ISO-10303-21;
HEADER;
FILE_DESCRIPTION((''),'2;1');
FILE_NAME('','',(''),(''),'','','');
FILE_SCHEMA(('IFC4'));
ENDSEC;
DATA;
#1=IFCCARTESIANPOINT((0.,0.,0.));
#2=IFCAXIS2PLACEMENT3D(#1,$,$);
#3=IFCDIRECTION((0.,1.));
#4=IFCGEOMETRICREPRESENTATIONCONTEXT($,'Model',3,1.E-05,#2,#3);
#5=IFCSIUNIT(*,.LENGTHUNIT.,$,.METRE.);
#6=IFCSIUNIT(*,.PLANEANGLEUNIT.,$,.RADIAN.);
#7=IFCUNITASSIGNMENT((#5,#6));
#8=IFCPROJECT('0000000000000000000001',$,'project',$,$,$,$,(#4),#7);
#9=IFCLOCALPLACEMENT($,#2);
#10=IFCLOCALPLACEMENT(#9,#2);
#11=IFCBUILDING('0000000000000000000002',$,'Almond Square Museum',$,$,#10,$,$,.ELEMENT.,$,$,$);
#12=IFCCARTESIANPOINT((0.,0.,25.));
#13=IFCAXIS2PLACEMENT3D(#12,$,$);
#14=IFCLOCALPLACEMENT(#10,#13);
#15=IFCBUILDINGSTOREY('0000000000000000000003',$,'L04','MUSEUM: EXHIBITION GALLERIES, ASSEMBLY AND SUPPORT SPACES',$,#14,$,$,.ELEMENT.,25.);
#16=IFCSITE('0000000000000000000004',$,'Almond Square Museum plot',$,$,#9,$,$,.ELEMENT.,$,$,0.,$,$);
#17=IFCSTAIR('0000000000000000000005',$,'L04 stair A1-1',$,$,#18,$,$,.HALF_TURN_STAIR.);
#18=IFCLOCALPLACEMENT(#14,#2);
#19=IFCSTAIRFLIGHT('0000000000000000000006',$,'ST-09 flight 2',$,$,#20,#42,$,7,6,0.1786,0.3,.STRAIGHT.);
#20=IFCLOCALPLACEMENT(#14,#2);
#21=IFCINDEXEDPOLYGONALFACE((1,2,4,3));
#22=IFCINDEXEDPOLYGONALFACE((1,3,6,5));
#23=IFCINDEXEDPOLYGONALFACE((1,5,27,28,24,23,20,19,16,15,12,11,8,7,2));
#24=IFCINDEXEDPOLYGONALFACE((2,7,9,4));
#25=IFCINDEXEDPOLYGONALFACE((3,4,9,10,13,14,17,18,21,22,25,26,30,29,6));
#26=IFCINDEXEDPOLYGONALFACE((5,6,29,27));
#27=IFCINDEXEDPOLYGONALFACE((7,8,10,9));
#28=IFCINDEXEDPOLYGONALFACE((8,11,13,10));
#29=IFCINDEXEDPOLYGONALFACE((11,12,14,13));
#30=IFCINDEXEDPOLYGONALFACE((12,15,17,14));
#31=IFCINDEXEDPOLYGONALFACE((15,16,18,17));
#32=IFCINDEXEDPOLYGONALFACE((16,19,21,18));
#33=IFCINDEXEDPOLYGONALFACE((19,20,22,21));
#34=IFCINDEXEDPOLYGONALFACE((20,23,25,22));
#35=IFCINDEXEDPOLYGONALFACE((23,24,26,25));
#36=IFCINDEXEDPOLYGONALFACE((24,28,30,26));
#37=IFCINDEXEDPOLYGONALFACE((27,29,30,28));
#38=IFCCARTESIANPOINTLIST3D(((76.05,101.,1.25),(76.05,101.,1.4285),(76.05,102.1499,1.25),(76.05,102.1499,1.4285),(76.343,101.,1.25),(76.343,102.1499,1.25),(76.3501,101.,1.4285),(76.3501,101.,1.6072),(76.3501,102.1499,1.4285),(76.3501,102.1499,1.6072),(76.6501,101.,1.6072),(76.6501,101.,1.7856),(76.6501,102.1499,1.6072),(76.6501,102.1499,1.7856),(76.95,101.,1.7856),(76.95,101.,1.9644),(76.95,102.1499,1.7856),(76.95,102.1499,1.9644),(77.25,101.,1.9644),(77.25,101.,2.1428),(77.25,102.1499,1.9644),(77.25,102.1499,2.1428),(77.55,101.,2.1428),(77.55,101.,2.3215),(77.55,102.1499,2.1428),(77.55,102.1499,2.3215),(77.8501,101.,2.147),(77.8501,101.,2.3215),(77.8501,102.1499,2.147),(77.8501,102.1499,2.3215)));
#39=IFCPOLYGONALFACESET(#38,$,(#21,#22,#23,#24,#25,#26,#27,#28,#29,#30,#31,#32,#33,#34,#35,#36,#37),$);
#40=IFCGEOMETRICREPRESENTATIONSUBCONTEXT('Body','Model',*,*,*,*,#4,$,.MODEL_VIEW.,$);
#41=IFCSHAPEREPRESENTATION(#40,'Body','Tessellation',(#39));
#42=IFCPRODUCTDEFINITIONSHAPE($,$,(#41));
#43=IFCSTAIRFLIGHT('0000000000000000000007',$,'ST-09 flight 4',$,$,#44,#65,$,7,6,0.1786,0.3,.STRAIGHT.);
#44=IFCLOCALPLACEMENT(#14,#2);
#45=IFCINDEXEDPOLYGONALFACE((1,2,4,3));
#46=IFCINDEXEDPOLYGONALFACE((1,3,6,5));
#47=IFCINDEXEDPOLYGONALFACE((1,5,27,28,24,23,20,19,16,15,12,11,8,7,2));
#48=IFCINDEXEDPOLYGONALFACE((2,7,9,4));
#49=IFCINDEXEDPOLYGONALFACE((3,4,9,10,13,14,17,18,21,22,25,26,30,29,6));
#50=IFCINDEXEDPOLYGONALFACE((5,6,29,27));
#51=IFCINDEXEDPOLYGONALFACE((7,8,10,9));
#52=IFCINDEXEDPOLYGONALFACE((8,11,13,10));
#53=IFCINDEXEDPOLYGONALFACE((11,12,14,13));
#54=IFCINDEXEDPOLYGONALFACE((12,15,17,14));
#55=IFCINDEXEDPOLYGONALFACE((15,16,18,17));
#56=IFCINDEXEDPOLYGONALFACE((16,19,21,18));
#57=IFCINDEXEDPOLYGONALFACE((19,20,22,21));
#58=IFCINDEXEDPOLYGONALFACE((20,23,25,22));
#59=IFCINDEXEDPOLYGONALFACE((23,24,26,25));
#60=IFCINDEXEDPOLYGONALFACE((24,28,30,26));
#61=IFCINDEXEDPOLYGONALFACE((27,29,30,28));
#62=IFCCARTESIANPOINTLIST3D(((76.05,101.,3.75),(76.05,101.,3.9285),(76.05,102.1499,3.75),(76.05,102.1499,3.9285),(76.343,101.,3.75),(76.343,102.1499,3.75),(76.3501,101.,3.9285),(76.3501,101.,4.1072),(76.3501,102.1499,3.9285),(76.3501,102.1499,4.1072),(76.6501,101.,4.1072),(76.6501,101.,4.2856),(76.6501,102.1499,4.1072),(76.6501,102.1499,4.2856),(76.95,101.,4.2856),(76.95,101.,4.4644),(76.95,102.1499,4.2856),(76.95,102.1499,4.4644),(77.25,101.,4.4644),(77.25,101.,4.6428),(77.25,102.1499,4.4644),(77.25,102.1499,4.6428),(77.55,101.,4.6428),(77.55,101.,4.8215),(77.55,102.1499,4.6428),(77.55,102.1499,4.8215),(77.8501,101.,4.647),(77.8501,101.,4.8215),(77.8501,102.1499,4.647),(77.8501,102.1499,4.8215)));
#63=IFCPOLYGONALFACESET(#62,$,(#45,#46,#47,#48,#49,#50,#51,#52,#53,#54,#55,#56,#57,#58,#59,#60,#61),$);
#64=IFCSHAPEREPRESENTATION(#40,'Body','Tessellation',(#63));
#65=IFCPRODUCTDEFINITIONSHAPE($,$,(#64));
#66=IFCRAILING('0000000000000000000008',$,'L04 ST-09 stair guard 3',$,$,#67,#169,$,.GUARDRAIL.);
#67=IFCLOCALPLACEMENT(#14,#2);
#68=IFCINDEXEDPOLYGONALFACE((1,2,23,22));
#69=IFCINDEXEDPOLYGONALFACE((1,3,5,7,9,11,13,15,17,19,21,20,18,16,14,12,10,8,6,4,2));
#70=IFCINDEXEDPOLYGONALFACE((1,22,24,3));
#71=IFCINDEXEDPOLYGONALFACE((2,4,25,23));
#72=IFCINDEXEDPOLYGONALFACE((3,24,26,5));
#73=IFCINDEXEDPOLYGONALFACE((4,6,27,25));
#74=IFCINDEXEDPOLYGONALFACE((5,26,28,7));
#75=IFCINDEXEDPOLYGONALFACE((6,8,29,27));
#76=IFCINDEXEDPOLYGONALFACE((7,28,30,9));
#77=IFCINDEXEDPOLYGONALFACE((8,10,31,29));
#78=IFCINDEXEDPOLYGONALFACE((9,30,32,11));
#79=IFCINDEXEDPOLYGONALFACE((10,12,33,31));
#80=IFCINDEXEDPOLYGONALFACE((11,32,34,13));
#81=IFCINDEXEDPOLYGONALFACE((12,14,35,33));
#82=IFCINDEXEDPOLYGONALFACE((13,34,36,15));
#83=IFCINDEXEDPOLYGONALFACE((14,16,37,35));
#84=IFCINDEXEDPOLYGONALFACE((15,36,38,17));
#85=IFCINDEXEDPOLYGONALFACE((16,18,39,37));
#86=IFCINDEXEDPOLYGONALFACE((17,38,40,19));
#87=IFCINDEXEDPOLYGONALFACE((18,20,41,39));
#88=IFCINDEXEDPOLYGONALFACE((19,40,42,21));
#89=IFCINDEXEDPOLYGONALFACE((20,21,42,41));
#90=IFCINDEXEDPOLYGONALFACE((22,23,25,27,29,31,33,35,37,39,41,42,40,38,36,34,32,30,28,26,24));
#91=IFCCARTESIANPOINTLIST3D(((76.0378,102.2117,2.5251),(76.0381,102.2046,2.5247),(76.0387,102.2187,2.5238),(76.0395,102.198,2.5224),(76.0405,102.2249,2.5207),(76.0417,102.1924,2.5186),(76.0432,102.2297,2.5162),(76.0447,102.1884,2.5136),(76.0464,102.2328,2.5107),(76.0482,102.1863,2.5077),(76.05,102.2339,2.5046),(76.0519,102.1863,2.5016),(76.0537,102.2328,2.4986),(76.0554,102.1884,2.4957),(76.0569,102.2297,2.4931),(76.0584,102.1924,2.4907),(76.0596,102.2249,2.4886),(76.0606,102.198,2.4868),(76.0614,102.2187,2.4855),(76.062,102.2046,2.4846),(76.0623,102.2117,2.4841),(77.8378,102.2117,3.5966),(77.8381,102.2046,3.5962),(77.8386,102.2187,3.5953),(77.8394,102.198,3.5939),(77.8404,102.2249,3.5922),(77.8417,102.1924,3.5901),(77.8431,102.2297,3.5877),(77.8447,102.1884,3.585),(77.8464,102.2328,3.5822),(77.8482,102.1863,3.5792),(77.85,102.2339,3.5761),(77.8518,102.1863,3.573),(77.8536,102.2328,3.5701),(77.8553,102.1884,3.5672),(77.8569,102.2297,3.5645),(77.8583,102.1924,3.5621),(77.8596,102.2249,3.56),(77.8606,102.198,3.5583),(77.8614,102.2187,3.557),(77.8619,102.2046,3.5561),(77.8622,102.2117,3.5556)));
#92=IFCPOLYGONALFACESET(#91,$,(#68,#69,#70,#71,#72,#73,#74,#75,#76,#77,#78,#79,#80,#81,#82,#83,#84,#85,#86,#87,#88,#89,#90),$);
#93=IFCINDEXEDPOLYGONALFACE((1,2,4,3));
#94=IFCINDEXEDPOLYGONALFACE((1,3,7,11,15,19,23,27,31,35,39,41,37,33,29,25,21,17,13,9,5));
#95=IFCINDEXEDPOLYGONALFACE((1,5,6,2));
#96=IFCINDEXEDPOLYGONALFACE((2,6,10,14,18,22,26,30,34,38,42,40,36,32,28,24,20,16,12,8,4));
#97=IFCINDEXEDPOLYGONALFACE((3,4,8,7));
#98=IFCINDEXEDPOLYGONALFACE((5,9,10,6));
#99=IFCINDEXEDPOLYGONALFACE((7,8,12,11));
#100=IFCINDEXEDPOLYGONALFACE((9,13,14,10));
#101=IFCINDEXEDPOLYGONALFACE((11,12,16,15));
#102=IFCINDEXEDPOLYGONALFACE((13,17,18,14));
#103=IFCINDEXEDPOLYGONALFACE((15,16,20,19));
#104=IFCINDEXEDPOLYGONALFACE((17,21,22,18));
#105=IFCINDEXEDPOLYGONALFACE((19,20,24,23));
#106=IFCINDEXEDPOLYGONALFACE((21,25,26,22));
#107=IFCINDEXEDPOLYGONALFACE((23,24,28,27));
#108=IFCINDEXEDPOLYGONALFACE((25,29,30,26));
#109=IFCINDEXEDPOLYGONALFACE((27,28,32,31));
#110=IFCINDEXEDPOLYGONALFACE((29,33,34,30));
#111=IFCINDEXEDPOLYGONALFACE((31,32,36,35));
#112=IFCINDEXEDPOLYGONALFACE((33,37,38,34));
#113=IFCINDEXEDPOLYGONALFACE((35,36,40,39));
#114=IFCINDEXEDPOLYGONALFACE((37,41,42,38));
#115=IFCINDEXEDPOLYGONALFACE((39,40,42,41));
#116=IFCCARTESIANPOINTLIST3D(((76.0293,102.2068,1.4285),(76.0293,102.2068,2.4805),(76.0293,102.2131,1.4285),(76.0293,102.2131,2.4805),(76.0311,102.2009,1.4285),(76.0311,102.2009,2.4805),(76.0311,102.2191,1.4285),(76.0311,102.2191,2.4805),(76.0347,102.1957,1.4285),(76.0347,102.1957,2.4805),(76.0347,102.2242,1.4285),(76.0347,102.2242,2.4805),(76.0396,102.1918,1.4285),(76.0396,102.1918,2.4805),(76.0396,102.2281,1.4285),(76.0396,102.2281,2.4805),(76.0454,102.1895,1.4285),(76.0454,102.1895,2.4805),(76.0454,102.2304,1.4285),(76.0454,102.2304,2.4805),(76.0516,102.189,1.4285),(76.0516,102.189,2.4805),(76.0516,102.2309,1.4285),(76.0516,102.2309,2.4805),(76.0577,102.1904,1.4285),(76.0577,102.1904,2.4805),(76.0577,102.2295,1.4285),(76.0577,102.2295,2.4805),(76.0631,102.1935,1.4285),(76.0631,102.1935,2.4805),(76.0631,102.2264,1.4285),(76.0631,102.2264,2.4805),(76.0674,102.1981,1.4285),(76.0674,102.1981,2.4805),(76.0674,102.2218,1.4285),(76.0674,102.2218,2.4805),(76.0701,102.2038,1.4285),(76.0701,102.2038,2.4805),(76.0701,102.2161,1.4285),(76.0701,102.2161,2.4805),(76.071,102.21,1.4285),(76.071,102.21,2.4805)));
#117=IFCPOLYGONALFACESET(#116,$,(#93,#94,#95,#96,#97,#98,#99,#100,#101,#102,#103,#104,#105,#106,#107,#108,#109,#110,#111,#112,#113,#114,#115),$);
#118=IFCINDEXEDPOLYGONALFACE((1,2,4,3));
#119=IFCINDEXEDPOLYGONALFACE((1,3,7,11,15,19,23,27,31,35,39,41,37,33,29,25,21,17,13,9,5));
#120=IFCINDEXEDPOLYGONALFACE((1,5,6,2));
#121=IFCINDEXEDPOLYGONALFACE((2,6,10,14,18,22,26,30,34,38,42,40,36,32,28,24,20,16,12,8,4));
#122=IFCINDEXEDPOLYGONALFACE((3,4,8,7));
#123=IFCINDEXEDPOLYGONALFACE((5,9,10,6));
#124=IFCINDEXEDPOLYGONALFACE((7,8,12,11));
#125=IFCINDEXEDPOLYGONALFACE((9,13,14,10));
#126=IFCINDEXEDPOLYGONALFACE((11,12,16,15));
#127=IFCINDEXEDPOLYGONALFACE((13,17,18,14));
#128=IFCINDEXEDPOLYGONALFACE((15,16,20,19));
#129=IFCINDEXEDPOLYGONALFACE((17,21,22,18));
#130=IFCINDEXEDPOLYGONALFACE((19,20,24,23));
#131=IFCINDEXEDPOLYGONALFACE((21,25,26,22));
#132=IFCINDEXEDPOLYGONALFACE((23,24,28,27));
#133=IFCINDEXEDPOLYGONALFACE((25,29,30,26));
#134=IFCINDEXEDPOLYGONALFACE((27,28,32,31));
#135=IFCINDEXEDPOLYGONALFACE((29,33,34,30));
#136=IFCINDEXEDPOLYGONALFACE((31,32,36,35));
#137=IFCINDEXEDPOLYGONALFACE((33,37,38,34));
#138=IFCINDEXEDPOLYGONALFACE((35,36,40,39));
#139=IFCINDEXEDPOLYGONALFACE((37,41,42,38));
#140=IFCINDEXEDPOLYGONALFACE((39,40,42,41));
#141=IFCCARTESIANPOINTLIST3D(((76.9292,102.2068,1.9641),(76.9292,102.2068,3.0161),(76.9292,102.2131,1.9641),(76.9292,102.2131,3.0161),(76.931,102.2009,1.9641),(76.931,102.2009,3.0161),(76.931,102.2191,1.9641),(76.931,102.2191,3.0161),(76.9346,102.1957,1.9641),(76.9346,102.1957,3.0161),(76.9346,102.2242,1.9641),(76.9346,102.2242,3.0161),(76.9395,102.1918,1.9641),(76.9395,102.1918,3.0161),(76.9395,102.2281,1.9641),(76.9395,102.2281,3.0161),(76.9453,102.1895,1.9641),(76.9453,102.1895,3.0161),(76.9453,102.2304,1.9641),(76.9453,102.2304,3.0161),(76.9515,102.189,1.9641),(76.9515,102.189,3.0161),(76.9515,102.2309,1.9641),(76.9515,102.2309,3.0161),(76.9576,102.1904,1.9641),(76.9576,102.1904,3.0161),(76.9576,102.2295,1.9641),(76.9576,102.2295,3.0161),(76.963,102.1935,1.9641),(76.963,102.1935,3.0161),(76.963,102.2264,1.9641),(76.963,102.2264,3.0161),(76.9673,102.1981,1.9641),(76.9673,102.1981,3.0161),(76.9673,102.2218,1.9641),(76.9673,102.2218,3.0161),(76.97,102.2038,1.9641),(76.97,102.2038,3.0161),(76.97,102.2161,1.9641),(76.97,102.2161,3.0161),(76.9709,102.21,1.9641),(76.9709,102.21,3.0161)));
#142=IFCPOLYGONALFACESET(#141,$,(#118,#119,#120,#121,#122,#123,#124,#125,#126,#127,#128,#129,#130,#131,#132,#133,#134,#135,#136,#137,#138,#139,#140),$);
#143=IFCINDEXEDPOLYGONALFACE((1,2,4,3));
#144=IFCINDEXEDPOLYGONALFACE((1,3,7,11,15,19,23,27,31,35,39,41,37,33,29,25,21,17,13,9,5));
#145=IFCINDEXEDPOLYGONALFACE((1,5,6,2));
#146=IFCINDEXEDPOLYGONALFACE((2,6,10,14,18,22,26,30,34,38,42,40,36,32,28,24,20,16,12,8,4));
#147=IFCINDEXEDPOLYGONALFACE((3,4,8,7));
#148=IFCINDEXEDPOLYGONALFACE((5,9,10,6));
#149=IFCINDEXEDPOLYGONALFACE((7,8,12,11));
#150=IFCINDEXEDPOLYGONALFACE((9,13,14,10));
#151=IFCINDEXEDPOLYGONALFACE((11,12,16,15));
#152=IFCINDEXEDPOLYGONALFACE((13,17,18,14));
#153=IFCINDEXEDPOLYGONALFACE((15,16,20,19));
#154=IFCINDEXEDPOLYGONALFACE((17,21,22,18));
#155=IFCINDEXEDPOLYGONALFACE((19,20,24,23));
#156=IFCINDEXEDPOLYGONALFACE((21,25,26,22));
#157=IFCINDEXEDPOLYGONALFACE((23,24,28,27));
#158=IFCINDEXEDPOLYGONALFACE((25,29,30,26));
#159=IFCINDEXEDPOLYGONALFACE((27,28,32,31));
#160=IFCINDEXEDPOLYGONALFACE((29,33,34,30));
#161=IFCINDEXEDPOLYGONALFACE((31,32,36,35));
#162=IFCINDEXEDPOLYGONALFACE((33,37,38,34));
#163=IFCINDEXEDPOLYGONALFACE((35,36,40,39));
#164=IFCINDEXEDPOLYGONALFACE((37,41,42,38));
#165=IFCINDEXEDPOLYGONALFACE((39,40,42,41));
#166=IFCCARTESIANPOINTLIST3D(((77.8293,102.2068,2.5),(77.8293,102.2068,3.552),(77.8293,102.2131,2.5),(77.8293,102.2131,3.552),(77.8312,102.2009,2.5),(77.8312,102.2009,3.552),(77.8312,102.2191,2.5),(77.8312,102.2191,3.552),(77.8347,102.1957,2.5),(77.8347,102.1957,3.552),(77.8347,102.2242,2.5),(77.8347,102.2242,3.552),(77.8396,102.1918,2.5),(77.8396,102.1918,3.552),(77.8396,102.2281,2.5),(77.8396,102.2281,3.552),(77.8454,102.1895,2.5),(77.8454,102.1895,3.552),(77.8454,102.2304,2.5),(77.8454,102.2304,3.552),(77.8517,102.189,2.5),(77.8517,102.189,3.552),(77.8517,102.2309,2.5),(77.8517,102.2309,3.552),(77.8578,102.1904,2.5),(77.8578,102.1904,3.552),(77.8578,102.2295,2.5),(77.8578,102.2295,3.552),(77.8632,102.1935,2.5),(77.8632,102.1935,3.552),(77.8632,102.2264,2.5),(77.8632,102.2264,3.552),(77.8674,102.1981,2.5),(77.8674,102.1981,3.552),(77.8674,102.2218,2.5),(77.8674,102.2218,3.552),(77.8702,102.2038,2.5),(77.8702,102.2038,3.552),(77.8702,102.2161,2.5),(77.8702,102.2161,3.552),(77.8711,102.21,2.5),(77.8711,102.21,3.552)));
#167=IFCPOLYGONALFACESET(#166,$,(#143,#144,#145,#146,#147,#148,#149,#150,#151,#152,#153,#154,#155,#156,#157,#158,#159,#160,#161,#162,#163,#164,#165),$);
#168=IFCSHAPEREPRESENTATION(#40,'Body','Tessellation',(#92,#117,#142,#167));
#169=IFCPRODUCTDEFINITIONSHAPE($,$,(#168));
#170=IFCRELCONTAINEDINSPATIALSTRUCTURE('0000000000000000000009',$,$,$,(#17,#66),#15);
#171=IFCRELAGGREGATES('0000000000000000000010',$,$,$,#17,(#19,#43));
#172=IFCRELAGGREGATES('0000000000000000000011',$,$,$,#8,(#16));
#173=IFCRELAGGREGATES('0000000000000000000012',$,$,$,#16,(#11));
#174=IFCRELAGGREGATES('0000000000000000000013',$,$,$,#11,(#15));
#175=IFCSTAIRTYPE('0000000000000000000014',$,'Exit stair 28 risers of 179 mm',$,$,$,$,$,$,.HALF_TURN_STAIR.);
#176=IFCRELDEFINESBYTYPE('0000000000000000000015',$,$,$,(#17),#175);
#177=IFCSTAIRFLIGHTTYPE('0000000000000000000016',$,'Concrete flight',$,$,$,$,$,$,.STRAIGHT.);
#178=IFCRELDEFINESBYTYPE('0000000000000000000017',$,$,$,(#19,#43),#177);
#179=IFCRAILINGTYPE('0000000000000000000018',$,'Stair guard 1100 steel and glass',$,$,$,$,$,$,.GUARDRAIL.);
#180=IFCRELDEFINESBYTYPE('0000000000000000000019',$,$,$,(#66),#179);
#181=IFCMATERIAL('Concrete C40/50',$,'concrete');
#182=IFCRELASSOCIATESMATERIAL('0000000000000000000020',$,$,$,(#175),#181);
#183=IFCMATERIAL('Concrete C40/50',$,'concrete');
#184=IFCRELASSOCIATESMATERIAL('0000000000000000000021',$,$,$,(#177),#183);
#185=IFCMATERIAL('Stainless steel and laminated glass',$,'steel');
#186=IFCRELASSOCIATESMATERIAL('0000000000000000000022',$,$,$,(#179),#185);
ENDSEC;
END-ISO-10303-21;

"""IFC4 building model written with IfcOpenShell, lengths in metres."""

from ifc_helpers import new_model, si_unit, direction, frame, origin, origin_2d, place, context, subcontext, project, spatial, polyline, circle, outline, extrude, material, type_object, element, aggregate, save


model = new_model("IFC4")

# Units and contexts
model_context = context("Model", 3, precision=1e-05, world=origin(), true_north=direction((0.0, 1.0)))
body_context = subcontext(model_context, "Body", "Model", "MODEL_VIEW")
ifc_project = project(units=[si_unit("LENGTHUNIT", "METRE"), si_unit("PLANEANGLEUNIT", "RADIAN")], contexts=[model_context])

# Site, building, storey
site_placement = place(None, origin())
site = spatial("IfcSite", under=ifc_project, at=site_placement, Name="Almond Square Museum plot", CompositionType="ELEMENT", RefElevation=0.0)
building_placement = place(site_placement, origin())
building = spatial("IfcBuilding", under=site, at=building_placement, Name="Almond Square Museum", CompositionType="ELEMENT")
storey_placement = place(building_placement, frame((0.0, 0.0, 25.0)))
storey = spatial("IfcBuildingStorey", under=building, at=storey_placement, Name="L04", Description="MUSEUM: EXHIBITION GALLERIES, ASSEMBLY AND SUPPORT SPACES", CompositionType="ELEMENT", Elevation=25.0)

# Stair, stair flights
ifc_material_1 = material(Name="Concrete C40/50", Category="concrete")
stair_type = type_object("IfcStairType", Name="Exit stair 28 risers of 179 mm", PredefinedType="HALF_TURN_STAIR", material=ifc_material_1)
stair_placement = place(storey_placement, origin())
stair = element("IfcStair", 1, at=stair_placement, inside=storey, type_object=stair_type, Name="L04 stair A1-1", PredefinedType="HALF_TURN_STAIR")
ifc_material_2 = material(Name="Concrete C40/50", Category="concrete")
stair_flight_type = type_object("IfcStairFlightType", Name="Concrete flight", PredefinedType="STRAIGHT", material=ifc_material_2)
stair_flight_1_placement = place(storey_placement, frame((76.05, 101.575, 1.25), z_axis=(0.0, 0.0, 1.0), x_axis=(1.0, 0.0, 0.0)))
stair_flight_1 = element("IfcStairFlight", 2, at=stair_flight_1_placement, type_object=stair_flight_type, Name="ST-09 flight 2", NumberOfRisers=7, NumberOfTreads=6, PredefinedType="STRAIGHT", RiserHeight=0.1786, TreadLength=0.3, context=body_context, shape_type="SweptSolid", body=[
    extrude(outline(polyline([(0.0, 0.0), (0.0, 0.1785), (0.3, 0.1785), (0.3, 0.3572), (0.6001, 0.3572), (0.6001, 0.5356), (0.8999, 0.5356), (0.8999, 0.7144), (1.2, 0.7144), (1.2, 0.8928), (1.5, 0.8928), (1.5, 1.0715), (1.8, 1.0715), (1.8, 1.25), (1.8, 0.897), (0.293, 0.0), (0.0, 0.0)])), frame((0.0, 0.575, 0.0), z_axis=(0.0, -1.0, 0.0), x_axis=(1.0, 0.0, 0.0)), (0.0, 0.0, 1.0), 1.1499),
])
stair_flight_2_placement = place(storey_placement, frame((76.05, 101.575, 3.75), z_axis=(0.0, 0.0, 1.0), x_axis=(1.0, 0.0, 0.0)))
stair_flight_2 = element("IfcStairFlight", 3, at=stair_flight_2_placement, type_object=stair_flight_type, Name="ST-09 flight 4", NumberOfRisers=7, NumberOfTreads=6, PredefinedType="STRAIGHT", RiserHeight=0.1786, TreadLength=0.3, context=body_context, shape_type="SweptSolid", body=[
    extrude(outline(polyline([(0.0, 0.0), (0.0, 0.1785), (0.3, 0.1785), (0.3, 0.3572), (0.6001, 0.3572), (0.6001, 0.5356), (0.8999, 0.5356), (0.8999, 0.7144), (1.2, 0.7144), (1.2, 0.8928), (1.5, 0.8928), (1.5, 1.0715), (1.8, 1.0715), (1.8, 1.25), (1.8, 0.897), (0.293, 0.0), (0.0, 0.0)])), frame((0.0, 0.575, 0.0), z_axis=(0.0, -1.0, 0.0), x_axis=(1.0, 0.0, 0.0)), (0.0, 0.0, 1.0), 1.1499),
])
aggregate(stair, [stair_flight_1, stair_flight_2])

# Railing
ifc_material_3 = material(Name="Stainless steel and laminated glass", Category="steel")
railing_type_1 = type_object("IfcRailingType", Name="Stair guard 1100 steel and glass", PredefinedType="GUARDRAIL", material=ifc_material_3)
railing_placement = place(storey_placement, frame((76.05, 102.21, 1.4285)))
element("IfcRailing", 4, at=railing_placement, inside=storey, type_object=railing_type_1, Name="L04 ST-09 stair guard 3", PredefinedType="GUARDRAIL", context=body_context, shape_type="SweptSolid", body=[
    extrude(circle(Radius=0.0239, at=origin_2d()), frame((0.0, 0.0, 1.0762), z_axis=(0.859277, 0.0, 0.51151), x_axis=(0.0, 1.0, 0.0)), (0.0, 0.0, 1.0), 2.0947),
    extrude(circle(Radius=0.021, at=origin_2d()), origin(), (0.0, 0.0, 1.0), 1.052),
    extrude(circle(Radius=0.021, at=origin_2d()), frame((0.8999, 0.0, 0.5356)), (0.0, 0.0, 1.0), 1.052),
    extrude(circle(Radius=0.021, at=origin_2d()), frame((1.8, 0.0, 1.0715)), (0.0, 0.0, 1.0), 1.052),
])

save(model, "model.ifc")
